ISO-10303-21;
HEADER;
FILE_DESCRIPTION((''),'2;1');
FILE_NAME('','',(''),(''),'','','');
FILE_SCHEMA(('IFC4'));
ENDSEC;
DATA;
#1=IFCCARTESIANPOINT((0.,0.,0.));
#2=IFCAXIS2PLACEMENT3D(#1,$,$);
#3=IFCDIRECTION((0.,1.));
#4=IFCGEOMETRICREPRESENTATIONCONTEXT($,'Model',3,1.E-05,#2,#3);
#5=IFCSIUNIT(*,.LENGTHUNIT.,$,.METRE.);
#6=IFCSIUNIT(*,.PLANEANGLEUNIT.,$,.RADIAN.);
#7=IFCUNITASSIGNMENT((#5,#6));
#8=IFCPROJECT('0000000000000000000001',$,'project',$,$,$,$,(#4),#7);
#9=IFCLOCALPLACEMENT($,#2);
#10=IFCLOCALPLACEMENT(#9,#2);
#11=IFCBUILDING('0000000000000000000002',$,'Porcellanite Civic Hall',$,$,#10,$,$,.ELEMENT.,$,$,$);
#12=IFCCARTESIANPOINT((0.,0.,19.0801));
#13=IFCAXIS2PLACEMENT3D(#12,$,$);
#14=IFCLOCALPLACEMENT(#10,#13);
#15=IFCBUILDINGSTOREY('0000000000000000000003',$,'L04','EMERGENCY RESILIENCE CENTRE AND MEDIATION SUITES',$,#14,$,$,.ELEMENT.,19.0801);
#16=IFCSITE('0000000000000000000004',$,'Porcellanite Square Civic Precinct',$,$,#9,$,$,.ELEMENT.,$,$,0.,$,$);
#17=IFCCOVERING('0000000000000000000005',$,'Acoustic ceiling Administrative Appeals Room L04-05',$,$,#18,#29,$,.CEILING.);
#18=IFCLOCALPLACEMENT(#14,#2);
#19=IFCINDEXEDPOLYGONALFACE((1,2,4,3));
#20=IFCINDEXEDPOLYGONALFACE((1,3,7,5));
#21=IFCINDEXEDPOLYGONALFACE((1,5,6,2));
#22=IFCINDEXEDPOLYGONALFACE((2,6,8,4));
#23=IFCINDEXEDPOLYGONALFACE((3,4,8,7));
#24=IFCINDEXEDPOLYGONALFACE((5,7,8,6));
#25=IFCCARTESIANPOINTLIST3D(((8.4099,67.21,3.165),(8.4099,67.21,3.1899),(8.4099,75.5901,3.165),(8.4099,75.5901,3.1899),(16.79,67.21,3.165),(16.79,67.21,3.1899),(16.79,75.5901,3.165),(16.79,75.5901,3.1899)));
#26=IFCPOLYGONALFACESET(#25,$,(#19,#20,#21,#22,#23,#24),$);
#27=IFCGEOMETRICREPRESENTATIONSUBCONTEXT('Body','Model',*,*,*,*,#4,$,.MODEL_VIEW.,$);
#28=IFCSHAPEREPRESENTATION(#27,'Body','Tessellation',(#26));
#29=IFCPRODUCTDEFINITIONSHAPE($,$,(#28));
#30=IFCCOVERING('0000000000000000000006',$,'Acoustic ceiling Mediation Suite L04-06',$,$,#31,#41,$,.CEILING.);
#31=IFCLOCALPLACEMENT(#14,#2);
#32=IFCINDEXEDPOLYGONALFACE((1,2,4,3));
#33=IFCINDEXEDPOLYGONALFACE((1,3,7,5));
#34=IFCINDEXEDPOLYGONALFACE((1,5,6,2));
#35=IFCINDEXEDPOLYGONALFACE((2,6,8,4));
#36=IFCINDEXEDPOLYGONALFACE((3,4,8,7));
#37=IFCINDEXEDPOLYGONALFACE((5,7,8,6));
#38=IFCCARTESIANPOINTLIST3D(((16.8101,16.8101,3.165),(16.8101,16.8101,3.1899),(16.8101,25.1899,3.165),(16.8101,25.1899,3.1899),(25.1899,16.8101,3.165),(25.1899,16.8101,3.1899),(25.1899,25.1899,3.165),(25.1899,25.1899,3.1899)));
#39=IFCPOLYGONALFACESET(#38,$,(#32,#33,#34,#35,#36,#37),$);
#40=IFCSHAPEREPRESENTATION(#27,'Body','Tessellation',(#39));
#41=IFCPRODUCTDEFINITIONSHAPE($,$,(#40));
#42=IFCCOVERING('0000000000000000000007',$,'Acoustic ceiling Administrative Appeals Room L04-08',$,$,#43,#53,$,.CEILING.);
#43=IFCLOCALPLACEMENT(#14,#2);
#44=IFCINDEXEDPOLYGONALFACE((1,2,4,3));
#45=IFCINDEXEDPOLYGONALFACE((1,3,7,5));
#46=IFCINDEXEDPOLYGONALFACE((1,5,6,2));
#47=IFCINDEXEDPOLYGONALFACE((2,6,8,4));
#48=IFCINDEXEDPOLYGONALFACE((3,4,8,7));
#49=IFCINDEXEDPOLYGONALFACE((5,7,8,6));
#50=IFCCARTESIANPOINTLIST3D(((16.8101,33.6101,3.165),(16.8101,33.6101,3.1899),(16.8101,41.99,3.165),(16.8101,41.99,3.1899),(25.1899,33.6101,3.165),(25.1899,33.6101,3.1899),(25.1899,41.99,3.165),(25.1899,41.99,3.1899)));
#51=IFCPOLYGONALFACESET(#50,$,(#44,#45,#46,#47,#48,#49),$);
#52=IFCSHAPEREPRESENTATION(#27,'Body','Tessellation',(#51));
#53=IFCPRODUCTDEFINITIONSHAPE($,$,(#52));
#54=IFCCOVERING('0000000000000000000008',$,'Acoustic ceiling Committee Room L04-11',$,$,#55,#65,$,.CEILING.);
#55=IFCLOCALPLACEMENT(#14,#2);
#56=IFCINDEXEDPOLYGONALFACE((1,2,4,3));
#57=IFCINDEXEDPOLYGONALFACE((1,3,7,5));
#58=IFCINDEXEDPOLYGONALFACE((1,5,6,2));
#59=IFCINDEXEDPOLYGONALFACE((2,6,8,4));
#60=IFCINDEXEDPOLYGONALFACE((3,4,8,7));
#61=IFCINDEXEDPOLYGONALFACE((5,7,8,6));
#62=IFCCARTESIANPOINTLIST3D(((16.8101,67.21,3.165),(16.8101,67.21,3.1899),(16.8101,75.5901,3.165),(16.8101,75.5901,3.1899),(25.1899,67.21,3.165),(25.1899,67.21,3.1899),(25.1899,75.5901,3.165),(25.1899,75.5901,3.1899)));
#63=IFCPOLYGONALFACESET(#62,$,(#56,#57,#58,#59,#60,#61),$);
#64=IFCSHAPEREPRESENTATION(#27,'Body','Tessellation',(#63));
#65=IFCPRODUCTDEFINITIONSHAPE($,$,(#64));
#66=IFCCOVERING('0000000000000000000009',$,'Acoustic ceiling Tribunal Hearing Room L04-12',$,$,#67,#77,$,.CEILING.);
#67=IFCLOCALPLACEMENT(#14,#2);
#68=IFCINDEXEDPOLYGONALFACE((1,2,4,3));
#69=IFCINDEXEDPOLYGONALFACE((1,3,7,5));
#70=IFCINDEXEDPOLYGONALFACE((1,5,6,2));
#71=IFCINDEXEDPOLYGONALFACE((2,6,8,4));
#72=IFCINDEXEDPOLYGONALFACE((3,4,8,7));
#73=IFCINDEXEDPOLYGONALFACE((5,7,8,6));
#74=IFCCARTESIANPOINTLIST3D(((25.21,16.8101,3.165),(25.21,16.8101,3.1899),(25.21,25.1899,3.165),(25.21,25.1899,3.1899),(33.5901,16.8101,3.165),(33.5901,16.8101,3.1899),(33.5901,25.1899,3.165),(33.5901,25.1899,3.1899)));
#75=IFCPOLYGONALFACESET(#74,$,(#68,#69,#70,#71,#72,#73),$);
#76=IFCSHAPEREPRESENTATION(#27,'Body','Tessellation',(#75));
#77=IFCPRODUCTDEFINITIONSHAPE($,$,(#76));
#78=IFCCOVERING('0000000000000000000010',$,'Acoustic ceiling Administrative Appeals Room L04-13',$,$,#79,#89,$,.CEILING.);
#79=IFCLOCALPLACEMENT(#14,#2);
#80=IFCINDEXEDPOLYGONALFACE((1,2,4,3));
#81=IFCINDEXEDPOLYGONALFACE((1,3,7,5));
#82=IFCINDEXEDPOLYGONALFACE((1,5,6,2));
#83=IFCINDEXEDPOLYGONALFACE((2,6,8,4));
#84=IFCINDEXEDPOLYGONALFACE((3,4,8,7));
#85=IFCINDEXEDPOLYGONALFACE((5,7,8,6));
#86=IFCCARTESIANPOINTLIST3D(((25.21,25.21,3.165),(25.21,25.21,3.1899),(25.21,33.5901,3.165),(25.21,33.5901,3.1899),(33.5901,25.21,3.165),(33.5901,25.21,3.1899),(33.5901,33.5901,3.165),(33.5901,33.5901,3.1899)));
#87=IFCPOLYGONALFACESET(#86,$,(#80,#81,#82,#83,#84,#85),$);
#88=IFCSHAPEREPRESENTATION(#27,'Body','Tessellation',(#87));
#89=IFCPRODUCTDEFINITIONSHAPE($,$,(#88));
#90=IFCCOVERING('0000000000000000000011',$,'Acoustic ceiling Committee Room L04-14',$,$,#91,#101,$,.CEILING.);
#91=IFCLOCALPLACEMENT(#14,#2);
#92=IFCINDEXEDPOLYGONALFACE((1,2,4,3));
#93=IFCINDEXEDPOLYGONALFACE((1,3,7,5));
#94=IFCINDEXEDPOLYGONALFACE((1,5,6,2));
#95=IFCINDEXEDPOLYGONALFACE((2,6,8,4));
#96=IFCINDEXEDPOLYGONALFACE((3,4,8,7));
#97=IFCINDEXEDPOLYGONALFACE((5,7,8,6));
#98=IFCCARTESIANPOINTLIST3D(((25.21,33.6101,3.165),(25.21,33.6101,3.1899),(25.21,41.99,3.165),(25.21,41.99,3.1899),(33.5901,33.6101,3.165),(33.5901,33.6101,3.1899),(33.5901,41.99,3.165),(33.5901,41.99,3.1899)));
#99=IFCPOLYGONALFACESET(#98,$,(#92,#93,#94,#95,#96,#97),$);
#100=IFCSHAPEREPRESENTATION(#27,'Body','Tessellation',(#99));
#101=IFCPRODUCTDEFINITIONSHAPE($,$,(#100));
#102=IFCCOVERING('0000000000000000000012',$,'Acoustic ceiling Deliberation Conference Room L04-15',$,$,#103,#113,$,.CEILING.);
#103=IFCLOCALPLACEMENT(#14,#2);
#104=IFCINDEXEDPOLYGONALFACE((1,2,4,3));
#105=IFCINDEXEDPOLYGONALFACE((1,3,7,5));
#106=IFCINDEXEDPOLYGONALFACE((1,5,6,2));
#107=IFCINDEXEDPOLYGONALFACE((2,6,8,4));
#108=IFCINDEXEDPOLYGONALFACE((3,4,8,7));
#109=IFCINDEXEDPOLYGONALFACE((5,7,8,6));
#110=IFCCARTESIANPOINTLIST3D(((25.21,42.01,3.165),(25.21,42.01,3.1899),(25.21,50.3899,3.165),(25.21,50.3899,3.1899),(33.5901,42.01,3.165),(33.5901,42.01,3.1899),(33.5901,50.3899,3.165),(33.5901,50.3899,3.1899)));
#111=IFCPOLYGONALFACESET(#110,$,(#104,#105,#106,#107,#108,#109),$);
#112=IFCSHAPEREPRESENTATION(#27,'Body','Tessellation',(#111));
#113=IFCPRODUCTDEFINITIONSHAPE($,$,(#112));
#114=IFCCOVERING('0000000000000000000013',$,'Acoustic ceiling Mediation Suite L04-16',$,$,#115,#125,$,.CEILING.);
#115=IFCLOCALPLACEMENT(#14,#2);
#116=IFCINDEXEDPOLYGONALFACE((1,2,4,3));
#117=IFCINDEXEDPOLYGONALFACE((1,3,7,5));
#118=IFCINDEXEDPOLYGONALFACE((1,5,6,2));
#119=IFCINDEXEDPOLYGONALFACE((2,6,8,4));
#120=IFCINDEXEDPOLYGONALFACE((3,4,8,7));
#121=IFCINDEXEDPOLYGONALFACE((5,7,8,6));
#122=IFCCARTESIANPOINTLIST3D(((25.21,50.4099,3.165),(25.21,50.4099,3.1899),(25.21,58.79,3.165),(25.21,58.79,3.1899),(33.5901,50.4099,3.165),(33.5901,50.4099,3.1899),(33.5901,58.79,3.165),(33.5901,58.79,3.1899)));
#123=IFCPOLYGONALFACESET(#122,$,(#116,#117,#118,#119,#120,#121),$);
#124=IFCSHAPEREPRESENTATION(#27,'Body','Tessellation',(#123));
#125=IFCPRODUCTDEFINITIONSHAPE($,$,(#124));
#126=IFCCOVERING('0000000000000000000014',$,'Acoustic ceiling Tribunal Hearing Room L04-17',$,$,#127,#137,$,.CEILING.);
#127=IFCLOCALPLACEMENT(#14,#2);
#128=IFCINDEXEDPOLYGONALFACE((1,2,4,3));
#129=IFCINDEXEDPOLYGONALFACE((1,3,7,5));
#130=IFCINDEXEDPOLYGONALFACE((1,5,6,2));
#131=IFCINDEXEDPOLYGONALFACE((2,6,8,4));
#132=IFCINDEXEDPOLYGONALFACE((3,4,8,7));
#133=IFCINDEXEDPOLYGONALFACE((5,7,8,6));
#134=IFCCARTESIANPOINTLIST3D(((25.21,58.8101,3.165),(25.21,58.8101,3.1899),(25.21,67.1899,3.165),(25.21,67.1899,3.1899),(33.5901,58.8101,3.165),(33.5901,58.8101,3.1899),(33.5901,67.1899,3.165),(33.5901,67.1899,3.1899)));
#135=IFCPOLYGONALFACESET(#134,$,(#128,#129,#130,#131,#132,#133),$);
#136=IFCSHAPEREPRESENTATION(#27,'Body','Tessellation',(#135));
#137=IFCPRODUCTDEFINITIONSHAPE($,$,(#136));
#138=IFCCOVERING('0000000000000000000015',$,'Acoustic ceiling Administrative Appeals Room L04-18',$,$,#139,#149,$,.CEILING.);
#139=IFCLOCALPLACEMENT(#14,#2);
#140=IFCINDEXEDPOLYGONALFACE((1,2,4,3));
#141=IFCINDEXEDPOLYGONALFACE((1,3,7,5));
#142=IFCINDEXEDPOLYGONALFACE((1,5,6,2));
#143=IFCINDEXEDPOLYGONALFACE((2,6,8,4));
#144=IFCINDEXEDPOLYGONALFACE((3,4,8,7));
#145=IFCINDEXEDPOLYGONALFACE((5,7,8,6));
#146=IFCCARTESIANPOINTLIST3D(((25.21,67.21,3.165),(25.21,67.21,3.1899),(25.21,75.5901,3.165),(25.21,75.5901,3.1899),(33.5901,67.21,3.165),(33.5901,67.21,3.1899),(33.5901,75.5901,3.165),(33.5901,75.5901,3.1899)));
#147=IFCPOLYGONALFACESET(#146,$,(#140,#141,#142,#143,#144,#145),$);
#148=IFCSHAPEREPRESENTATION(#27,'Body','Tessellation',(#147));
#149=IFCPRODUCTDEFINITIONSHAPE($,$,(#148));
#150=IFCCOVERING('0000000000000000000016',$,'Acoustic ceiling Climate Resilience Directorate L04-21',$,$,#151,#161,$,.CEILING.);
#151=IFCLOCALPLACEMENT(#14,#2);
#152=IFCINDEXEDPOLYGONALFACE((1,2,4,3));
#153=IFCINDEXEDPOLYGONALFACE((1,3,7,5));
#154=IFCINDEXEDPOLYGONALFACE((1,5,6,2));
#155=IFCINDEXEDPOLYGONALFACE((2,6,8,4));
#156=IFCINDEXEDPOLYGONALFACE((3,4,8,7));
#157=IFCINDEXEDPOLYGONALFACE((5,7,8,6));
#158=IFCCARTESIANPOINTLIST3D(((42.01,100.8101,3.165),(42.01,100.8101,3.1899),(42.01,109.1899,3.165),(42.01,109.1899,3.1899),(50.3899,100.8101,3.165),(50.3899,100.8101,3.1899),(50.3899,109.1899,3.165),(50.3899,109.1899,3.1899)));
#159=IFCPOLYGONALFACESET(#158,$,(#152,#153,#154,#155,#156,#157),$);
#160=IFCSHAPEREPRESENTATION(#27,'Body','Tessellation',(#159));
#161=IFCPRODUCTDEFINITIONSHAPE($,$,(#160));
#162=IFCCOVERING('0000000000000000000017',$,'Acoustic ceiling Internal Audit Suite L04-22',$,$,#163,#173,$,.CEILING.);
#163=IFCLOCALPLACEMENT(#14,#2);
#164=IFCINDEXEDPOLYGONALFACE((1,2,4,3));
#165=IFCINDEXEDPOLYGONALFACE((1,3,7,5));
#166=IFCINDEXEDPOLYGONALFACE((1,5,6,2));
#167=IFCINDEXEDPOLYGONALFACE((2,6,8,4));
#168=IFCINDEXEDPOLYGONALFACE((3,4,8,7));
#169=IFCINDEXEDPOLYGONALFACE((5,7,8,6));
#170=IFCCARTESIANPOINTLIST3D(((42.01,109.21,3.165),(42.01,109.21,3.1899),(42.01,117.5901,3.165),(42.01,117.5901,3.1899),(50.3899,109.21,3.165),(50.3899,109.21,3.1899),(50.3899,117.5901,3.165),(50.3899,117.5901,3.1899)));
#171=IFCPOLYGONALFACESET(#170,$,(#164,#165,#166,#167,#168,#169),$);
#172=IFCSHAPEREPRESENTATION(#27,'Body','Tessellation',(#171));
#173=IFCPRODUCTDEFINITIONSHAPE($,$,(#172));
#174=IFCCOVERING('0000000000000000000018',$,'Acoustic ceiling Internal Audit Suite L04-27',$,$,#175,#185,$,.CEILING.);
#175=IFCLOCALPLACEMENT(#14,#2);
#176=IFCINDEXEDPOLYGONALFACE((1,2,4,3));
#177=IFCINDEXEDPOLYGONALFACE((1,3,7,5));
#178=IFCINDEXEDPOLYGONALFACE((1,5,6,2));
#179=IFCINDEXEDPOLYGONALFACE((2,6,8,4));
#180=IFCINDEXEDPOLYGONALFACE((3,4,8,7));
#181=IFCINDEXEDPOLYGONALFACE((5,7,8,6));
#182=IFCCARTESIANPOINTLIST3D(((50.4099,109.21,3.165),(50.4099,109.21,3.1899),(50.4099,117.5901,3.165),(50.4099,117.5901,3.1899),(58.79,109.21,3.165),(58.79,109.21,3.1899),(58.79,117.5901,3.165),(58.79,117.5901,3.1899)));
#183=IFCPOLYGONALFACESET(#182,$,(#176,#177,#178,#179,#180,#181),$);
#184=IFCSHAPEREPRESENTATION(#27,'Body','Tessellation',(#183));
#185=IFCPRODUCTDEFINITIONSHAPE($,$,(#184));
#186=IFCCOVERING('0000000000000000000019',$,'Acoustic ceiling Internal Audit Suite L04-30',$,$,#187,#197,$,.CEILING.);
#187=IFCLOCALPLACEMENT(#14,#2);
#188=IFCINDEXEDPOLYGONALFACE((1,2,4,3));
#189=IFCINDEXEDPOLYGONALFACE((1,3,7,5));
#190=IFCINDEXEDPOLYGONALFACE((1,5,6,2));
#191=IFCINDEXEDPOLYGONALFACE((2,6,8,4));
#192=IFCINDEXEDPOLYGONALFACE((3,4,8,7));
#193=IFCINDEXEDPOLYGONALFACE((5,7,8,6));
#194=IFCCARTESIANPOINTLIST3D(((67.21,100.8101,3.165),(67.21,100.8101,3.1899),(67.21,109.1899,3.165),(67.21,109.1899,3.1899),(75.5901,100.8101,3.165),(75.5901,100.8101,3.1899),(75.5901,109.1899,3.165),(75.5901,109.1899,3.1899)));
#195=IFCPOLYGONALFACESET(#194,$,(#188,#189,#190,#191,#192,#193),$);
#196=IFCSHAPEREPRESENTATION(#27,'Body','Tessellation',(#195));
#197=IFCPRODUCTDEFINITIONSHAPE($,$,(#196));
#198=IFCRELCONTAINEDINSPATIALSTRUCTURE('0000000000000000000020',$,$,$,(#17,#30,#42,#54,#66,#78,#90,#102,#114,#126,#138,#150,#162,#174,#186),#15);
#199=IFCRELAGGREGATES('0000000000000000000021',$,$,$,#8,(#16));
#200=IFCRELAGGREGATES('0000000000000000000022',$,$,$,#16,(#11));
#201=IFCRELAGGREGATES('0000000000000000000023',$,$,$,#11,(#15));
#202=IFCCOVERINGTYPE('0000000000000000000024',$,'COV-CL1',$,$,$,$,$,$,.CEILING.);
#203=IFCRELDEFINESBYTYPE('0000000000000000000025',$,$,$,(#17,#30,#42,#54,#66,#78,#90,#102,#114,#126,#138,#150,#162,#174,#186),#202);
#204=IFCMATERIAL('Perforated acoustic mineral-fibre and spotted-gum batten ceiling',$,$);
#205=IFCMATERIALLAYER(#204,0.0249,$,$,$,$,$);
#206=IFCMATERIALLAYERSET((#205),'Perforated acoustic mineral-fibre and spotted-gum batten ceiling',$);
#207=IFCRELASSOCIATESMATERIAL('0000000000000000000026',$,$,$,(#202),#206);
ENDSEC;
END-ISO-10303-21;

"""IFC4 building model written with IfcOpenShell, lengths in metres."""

from ifc_helpers import new_model, si_unit, direction, frame, origin, place, context, subcontext, project, spatial, polyline, outline, extrude, material, layer, layer_set, type_object, element, save


model = new_model("IFC4")

# Units and contexts
model_context = context("Model", 3, precision=1e-05, world=origin(), true_north=direction((0.0, 1.0)))
body_context = subcontext(model_context, "Body", "Model", "MODEL_VIEW")
ifc_project = project(units=[si_unit("LENGTHUNIT", "METRE"), si_unit("PLANEANGLEUNIT", "RADIAN")], contexts=[model_context])

# Site, building, storey
site_placement = place(None, origin())
site = spatial("IfcSite", under=ifc_project, at=site_placement, Name="Porcellanite Square Civic Precinct", CompositionType="ELEMENT", RefElevation=0.0)
building_placement = place(site_placement, origin())
building = spatial("IfcBuilding", under=site, at=building_placement, Name="Porcellanite Civic Hall", CompositionType="ELEMENT")
storey_placement = place(building_placement, frame((0.0, 0.0, 19.0801)))
storey = spatial("IfcBuildingStorey", under=building, at=storey_placement, Name="L04", Description="EMERGENCY RESILIENCE CENTRE AND MEDIATION SUITES", CompositionType="ELEMENT", Elevation=19.0801)

# Coverings
ifc_material_1 = material(Name="Perforated acoustic mineral-fibre and spotted-gum batten ceiling")
ifc_layer_1 = layer(ifc_material_1, 0.0249)
ifc_layer_set_1 = layer_set([ifc_layer_1], Name="Perforated acoustic mineral-fibre and spotted-gum batten ceiling")
covering_type = type_object("IfcCoveringType", Name="COV-CL1", PredefinedType="CEILING", material=ifc_layer_set_1)
covering_1_placement = place(storey_placement, frame((0.0, 0.0, 3.165)))
element("IfcCovering", 1, at=covering_1_placement, inside=storey, type_object=covering_type, Name="Acoustic ceiling Administrative Appeals Room L04-05", PredefinedType="CEILING", context=body_context, shape_type="SweptSolid", body=[
    extrude(outline(polyline([(8.4099, 67.21), (16.79, 67.21), (16.79, 75.5901), (8.4099, 75.5901), (8.4099, 67.21)])), origin(), (0.0, 0.0, 1.0), 0.0249),
])
covering_2_placement = place(storey_placement, frame((0.0, 0.0, 3.165)))
element("IfcCovering", 2, at=covering_2_placement, inside=storey, type_object=covering_type, Name="Acoustic ceiling Mediation Suite L04-06", PredefinedType="CEILING", context=body_context, shape_type="SweptSolid", body=[
    extrude(outline(polyline([(16.8101, 16.8101), (25.1899, 16.8101), (25.1899, 25.1899), (16.8101, 25.1899), (16.8101, 16.8101)])), origin(), (0.0, 0.0, 1.0), 0.0249),
])
covering_3_placement = place(storey_placement, frame((0.0, 0.0, 3.165)))
element("IfcCovering", 3, at=covering_3_placement, inside=storey, type_object=covering_type, Name="Acoustic ceiling Administrative Appeals Room L04-08", PredefinedType="CEILING", context=body_context, shape_type="SweptSolid", body=[
    extrude(outline(polyline([(16.8101, 33.6101), (25.1899, 33.6101), (25.1899, 41.99), (16.8101, 41.99), (16.8101, 33.6101)])), origin(), (0.0, 0.0, 1.0), 0.0249),
])
covering_4_placement = place(storey_placement, frame((0.0, 0.0, 3.165)))
element("IfcCovering", 4, at=covering_4_placement, inside=storey, type_object=covering_type, Name="Acoustic ceiling Committee Room L04-11", PredefinedType="CEILING", context=body_context, shape_type="SweptSolid", body=[
    extrude(outline(polyline([(16.8101, 67.21), (25.1899, 67.21), (25.1899, 75.5901), (16.8101, 75.5901), (16.8101, 67.21)])), origin(), (0.0, 0.0, 1.0), 0.0249),
])
covering_5_placement = place(storey_placement, frame((0.0, 0.0, 3.165)))
element("IfcCovering", 5, at=covering_5_placement, inside=storey, type_object=covering_type, Name="Acoustic ceiling Tribunal Hearing Room L04-12", PredefinedType="CEILING", context=body_context, shape_type="SweptSolid", body=[
    extrude(outline(polyline([(25.21, 16.8101), (33.5901, 16.8101), (33.5901, 25.1899), (25.21, 25.1899), (25.21, 16.8101)])), origin(), (0.0, 0.0, 1.0), 0.0249),
])
covering_6_placement = place(storey_placement, frame((0.0, 0.0, 3.165)))
element("IfcCovering", 6, at=covering_6_placement, inside=storey, type_object=covering_type, Name="Acoustic ceiling Administrative Appeals Room L04-13", PredefinedType="CEILING", context=body_context, shape_type="SweptSolid", body=[
    extrude(outline(polyline([(25.21, 25.21), (33.5901, 25.21), (33.5901, 33.5901), (25.21, 33.5901), (25.21, 25.21)])), origin(), (0.0, 0.0, 1.0), 0.0249),
])
covering_7_placement = place(storey_placement, frame((0.0, 0.0, 3.165)))
element("IfcCovering", 7, at=covering_7_placement, inside=storey, type_object=covering_type, Name="Acoustic ceiling Committee Room L04-14", PredefinedType="CEILING", context=body_context, shape_type="SweptSolid", body=[
    extrude(outline(polyline([(25.21, 33.6101), (33.5901, 33.6101), (33.5901, 41.99), (25.21, 41.99), (25.21, 33.6101)])), origin(), (0.0, 0.0, 1.0), 0.0249),
])
covering_8_placement = place(storey_placement, frame((0.0, 0.0, 3.165)))
element("IfcCovering", 8, at=covering_8_placement, inside=storey, type_object=covering_type, Name="Acoustic ceiling Deliberation Conference Room L04-15", PredefinedType="CEILING", context=body_context, shape_type="SweptSolid", body=[
    extrude(outline(polyline([(25.21, 42.01), (33.5901, 42.01), (33.5901, 50.3899), (25.21, 50.3899), (25.21, 42.01)])), origin(), (0.0, 0.0, 1.0), 0.0249),
])
covering_9_placement = place(storey_placement, frame((0.0, 0.0, 3.165)))
element("IfcCovering", 9, at=covering_9_placement, inside=storey, type_object=covering_type, Name="Acoustic ceiling Mediation Suite L04-16", PredefinedType="CEILING", context=body_context, shape_type="SweptSolid", body=[
    extrude(outline(polyline([(25.21, 50.4099), (33.5901, 50.4099), (33.5901, 58.79), (25.21, 58.79), (25.21, 50.4099)])), origin(), (0.0, 0.0, 1.0), 0.0249),
])
covering_10_placement = place(storey_placement, frame((0.0, 0.0, 3.165)))
element("IfcCovering", 10, at=covering_10_placement, inside=storey, type_object=covering_type, Name="Acoustic ceiling Tribunal Hearing Room L04-17", PredefinedType="CEILING", context=body_context, shape_type="SweptSolid", body=[
    extrude(outline(polyline([(25.21, 58.8101), (33.5901, 58.8101), (33.5901, 67.1899), (25.21, 67.1899), (25.21, 58.8101)])), origin(), (0.0, 0.0, 1.0), 0.0249),
])
covering_11_placement = place(storey_placement, frame((0.0, 0.0, 3.165)))
element("IfcCovering", 11, at=covering_11_placement, inside=storey, type_object=covering_type, Name="Acoustic ceiling Administrative Appeals Room L04-18", PredefinedType="CEILING", context=body_context, shape_type="SweptSolid", body=[
    extrude(outline(polyline([(25.21, 67.21), (33.5901, 67.21), (33.5901, 75.5901), (25.21, 75.5901), (25.21, 67.21)])), origin(), (0.0, 0.0, 1.0), 0.0249),
])
covering_12_placement = place(storey_placement, frame((0.0, 0.0, 3.165)))
element("IfcCovering", 12, at=covering_12_placement, inside=storey, type_object=covering_type, Name="Acoustic ceiling Climate Resilience Directorate L04-21", PredefinedType="CEILING", context=body_context, shape_type="SweptSolid", body=[
    extrude(outline(polyline([(42.01, 100.8101), (50.3899, 100.8101), (50.3899, 109.1899), (42.01, 109.1899), (42.01, 100.8101)])), origin(), (0.0, 0.0, 1.0), 0.0249),
])
covering_13_placement = place(storey_placement, frame((0.0, 0.0, 3.165)))
element("IfcCovering", 13, at=covering_13_placement, inside=storey, type_object=covering_type, Name="Acoustic ceiling Internal Audit Suite L04-22", PredefinedType="CEILING", context=body_context, shape_type="SweptSolid", body=[
    extrude(outline(polyline([(42.01, 109.21), (50.3899, 109.21), (50.3899, 117.5901), (42.01, 117.5901), (42.01, 109.21)])), origin(), (0.0, 0.0, 1.0), 0.0249),
])
covering_14_placement = place(storey_placement, frame((0.0, 0.0, 3.165)))
element("IfcCovering", 14, at=covering_14_placement, inside=storey, type_object=covering_type, Name="Acoustic ceiling Internal Audit Suite L04-27", PredefinedType="CEILING", context=body_context, shape_type="SweptSolid", body=[
    extrude(outline(polyline([(50.4099, 109.21), (58.79, 109.21), (58.79, 117.5901), (50.4099, 117.5901), (50.4099, 109.21)])), origin(), (0.0, 0.0, 1.0), 0.0249),
])
covering_15_placement = place(storey_placement, frame((0.0, 0.0, 3.165)))
element("IfcCovering", 15, at=covering_15_placement, inside=storey, type_object=covering_type, Name="Acoustic ceiling Internal Audit Suite L04-30", PredefinedType="CEILING", context=body_context, shape_type="SweptSolid", body=[
    extrude(outline(polyline([(67.21, 100.8101), (75.5901, 100.8101), (75.5901, 109.1899), (67.21, 109.1899), (67.21, 100.8101)])), origin(), (0.0, 0.0, 1.0), 0.0249),
])

save(model, "model.ifc")
